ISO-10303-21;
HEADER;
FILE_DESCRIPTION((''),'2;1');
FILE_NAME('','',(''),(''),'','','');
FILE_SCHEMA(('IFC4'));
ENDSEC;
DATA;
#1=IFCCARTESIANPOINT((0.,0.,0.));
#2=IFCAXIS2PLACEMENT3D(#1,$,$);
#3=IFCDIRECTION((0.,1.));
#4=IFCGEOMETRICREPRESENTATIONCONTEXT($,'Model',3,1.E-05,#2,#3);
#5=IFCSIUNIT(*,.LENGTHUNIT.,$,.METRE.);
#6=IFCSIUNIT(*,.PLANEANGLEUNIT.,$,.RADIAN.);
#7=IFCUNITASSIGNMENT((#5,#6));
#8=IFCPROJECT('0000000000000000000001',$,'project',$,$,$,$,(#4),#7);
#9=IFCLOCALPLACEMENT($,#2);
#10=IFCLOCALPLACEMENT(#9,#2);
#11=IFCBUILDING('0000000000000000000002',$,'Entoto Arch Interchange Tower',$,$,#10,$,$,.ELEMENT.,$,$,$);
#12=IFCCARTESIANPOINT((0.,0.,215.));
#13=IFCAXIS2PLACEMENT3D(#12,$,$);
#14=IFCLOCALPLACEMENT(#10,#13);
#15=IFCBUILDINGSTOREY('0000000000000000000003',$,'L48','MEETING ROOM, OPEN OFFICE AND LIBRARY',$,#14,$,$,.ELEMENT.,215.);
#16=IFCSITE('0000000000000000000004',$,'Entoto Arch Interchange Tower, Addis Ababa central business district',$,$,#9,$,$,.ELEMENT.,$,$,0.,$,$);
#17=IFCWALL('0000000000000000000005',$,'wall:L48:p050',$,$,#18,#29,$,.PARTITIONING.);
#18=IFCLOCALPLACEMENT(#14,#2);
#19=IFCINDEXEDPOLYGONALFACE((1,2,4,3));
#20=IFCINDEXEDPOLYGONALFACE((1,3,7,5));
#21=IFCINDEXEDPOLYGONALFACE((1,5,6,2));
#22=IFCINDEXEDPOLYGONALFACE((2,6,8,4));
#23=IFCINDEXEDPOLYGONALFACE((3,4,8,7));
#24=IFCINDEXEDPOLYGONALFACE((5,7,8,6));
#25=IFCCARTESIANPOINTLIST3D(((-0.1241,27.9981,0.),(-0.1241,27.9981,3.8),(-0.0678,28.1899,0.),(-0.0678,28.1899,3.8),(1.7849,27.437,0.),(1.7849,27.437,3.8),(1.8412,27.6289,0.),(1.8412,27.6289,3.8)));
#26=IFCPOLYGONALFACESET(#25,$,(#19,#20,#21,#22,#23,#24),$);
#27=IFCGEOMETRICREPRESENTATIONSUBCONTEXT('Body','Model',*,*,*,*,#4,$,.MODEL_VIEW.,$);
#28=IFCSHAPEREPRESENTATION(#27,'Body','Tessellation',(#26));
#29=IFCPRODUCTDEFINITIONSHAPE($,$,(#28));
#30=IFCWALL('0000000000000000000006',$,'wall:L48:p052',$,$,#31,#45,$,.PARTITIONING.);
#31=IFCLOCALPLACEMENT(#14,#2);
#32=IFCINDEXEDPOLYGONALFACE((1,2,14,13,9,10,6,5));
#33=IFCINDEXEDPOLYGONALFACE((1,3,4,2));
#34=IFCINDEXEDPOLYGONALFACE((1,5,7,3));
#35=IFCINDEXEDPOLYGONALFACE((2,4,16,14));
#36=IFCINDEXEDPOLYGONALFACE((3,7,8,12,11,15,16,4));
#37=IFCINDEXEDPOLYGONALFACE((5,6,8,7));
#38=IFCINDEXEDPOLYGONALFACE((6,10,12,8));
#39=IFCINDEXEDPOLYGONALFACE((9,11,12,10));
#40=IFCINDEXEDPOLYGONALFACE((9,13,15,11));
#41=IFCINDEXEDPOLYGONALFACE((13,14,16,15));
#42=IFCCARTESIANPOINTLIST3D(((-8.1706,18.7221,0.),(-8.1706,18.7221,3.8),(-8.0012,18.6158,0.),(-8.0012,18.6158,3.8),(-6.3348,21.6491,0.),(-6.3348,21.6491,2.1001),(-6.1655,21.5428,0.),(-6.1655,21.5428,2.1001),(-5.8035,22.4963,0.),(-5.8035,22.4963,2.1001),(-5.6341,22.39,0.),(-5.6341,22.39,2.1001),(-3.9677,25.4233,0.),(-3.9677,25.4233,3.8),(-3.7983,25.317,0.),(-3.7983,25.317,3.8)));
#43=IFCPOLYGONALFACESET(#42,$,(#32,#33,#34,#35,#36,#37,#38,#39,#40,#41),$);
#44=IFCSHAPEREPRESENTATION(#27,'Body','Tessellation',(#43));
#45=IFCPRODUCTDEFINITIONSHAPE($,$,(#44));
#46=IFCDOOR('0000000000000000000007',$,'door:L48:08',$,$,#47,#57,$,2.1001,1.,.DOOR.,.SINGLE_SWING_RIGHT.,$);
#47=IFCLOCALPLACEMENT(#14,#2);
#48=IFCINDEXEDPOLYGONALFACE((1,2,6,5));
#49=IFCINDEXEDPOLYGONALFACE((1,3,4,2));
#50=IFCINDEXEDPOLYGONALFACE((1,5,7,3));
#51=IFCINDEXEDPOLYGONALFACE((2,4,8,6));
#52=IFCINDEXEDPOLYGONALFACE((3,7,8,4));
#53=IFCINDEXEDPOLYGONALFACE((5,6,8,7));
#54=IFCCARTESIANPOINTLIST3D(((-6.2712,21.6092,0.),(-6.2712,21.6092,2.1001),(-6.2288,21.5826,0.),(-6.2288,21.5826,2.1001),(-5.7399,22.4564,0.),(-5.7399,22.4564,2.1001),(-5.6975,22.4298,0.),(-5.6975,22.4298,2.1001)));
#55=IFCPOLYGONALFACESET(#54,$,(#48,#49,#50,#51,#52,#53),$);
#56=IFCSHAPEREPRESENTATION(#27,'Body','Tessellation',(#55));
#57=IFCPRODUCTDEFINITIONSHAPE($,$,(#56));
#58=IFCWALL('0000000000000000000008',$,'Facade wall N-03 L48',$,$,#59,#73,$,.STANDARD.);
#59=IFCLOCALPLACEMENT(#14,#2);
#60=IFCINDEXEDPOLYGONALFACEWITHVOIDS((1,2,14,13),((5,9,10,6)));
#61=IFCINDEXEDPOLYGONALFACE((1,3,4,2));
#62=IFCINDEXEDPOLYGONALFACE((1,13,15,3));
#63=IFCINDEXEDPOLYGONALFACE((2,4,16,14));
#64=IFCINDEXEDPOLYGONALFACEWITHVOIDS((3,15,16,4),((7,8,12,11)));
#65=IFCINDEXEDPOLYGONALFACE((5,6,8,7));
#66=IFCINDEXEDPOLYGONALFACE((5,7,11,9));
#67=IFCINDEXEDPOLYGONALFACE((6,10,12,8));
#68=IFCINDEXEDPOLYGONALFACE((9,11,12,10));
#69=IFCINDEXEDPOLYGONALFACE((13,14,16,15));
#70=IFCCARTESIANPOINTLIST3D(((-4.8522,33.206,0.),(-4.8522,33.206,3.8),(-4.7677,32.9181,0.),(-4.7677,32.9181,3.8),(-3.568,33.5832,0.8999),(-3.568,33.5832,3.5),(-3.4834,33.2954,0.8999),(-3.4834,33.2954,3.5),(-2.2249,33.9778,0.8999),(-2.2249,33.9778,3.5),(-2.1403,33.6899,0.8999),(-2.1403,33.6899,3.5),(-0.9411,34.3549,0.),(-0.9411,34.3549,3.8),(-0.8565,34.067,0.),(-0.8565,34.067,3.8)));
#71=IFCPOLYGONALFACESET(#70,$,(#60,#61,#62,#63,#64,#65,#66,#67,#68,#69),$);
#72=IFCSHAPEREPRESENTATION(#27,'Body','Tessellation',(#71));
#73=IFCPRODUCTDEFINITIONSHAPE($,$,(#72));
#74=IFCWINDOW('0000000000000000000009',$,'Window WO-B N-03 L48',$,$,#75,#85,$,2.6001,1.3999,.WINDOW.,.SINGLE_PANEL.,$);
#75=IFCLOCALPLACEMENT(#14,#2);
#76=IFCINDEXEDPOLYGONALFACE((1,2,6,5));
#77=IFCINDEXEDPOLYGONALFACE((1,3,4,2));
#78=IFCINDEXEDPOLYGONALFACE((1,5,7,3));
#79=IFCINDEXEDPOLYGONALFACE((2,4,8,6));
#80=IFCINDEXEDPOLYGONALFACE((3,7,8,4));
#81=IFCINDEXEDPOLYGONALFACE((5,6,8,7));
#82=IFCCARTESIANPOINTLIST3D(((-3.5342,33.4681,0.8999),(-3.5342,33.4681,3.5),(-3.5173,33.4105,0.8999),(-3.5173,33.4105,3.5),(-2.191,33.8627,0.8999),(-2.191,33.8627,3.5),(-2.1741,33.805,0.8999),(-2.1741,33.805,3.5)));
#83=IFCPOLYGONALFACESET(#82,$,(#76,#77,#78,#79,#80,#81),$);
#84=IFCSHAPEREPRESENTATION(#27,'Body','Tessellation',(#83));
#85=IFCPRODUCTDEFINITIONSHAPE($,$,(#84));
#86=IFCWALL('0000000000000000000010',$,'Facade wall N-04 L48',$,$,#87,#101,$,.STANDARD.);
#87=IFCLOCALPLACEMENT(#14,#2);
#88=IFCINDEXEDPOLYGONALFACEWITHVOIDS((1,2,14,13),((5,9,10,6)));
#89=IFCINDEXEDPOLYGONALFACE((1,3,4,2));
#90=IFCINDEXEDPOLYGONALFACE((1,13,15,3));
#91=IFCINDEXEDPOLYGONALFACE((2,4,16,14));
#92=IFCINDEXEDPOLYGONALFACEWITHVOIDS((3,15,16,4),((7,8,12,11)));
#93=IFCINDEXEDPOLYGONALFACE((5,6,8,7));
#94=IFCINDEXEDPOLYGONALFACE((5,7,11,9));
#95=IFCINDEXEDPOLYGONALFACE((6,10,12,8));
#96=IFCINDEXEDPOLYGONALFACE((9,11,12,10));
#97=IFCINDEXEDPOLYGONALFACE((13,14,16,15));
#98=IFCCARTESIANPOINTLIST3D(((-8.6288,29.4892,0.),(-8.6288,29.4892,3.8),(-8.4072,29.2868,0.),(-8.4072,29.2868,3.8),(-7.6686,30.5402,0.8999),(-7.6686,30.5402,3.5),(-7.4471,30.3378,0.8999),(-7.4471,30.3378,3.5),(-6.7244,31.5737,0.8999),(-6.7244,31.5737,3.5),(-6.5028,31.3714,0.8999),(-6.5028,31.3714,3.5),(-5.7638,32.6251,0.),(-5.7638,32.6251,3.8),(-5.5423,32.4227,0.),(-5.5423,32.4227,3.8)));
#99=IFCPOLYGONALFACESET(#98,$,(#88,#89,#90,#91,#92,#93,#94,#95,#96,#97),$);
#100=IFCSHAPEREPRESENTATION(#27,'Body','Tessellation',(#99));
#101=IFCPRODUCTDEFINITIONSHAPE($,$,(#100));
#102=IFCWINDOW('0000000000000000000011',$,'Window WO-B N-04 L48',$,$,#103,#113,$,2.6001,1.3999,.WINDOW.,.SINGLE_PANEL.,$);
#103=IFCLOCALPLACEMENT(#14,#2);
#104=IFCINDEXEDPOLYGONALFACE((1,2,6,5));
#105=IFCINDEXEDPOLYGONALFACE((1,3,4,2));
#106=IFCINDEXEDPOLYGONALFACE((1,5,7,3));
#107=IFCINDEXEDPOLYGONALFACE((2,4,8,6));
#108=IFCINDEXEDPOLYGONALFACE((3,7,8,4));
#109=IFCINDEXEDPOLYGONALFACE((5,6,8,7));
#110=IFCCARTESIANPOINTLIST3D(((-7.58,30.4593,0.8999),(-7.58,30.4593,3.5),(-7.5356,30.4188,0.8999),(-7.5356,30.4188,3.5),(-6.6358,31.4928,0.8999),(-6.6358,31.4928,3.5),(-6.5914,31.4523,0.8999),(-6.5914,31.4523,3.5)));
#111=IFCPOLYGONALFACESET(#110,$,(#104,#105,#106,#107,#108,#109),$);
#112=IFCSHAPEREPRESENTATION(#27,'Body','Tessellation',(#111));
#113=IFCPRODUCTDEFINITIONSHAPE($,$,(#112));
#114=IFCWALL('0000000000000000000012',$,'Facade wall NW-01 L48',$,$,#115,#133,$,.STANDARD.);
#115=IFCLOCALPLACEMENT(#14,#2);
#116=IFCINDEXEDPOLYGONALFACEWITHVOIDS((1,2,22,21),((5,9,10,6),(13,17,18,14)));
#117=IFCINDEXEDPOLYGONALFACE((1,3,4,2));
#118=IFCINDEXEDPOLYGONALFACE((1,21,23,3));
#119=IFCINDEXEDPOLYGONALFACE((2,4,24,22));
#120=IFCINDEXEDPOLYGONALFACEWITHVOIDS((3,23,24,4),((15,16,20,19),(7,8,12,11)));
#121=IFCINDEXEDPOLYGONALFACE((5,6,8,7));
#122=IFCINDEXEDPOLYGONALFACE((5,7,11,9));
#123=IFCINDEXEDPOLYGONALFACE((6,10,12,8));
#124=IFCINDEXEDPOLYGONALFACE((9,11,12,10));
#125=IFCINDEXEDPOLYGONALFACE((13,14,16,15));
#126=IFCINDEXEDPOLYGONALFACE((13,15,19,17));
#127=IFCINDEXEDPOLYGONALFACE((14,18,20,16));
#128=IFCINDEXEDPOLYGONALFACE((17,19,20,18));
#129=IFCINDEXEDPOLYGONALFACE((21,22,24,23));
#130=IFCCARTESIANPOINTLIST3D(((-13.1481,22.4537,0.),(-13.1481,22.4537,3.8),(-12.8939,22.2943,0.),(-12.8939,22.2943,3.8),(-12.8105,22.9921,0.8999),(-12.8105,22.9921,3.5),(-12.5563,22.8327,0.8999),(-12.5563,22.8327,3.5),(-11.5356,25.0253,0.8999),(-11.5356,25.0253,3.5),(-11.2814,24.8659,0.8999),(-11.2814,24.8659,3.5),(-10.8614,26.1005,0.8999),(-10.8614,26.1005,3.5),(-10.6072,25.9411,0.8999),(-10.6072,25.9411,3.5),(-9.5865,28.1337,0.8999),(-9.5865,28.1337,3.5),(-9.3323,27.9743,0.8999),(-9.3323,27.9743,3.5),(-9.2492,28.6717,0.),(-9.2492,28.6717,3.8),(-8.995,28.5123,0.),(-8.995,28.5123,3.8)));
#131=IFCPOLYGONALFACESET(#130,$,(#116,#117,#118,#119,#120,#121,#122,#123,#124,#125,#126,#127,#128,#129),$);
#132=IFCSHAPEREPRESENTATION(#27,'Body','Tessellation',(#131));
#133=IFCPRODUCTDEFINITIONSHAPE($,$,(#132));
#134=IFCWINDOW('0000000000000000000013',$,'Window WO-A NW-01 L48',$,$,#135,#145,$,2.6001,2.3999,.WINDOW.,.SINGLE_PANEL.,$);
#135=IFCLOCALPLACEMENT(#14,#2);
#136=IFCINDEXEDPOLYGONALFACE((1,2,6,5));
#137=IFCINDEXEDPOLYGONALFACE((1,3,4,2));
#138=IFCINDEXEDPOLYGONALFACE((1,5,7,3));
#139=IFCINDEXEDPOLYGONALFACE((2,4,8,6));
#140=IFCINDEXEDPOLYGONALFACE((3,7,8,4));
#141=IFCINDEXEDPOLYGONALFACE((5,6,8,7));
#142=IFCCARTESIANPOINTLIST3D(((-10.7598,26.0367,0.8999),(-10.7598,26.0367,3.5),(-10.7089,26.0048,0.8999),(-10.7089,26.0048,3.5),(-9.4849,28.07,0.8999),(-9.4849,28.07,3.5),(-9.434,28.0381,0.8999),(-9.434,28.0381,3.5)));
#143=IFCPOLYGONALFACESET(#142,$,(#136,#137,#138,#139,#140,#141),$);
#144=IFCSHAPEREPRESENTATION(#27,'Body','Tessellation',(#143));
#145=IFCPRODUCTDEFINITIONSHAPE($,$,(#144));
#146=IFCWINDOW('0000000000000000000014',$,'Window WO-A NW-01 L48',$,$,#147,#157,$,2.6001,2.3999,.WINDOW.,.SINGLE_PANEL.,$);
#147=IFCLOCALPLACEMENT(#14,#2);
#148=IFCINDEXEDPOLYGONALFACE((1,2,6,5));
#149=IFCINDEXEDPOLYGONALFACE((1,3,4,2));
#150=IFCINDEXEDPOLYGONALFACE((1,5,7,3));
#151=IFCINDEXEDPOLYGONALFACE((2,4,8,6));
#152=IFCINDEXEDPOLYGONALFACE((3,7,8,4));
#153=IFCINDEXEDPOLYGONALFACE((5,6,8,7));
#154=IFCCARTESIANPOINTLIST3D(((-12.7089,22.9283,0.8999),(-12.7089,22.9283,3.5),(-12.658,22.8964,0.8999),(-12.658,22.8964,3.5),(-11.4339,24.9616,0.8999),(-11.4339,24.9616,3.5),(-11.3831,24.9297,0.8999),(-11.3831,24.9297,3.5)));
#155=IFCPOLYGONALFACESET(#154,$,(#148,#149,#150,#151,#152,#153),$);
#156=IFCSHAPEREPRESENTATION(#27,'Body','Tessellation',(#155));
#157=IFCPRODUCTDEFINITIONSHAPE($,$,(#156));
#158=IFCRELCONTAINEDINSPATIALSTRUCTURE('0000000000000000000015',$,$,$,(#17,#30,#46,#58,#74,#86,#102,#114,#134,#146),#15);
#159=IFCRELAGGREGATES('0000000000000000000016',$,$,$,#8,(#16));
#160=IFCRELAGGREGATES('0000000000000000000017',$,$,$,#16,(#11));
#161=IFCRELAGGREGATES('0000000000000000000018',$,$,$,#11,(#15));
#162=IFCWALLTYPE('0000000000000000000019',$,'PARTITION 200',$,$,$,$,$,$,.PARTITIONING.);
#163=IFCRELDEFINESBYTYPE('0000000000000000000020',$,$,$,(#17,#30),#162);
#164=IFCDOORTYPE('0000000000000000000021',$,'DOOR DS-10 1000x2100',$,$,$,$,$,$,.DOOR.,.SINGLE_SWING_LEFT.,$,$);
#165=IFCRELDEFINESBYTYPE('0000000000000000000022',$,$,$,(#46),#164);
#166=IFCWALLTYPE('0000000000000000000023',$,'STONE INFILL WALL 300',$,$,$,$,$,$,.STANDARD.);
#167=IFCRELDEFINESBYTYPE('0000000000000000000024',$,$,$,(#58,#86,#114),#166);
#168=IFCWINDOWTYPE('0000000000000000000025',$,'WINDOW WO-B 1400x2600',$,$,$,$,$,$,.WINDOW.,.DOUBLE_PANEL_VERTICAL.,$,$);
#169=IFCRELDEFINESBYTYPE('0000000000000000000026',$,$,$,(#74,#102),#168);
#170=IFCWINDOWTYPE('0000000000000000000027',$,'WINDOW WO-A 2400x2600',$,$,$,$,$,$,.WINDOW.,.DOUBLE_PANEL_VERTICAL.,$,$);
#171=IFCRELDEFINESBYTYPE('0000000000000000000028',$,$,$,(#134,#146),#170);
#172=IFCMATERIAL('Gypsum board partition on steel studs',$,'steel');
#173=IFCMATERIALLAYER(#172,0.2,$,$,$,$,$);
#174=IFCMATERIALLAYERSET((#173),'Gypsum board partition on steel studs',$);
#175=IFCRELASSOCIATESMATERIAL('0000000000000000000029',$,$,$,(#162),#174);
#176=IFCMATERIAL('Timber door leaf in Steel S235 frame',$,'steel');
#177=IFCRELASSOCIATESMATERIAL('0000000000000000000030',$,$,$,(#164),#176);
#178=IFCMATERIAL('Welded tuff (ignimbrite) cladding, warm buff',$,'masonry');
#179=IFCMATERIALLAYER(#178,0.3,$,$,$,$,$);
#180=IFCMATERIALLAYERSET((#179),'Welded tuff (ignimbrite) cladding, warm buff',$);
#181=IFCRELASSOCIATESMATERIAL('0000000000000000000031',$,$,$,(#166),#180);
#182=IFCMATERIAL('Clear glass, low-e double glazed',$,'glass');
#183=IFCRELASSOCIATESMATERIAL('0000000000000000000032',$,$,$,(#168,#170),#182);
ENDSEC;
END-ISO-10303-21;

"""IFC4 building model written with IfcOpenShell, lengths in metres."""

from ifc_helpers import new_model, si_unit, direction, frame, frame_2d, origin, place, context, subcontext, project, spatial, rectangle, extrude, material, layer, layer_set, type_object, element, fill, save


model = new_model("IFC4")

# Units and contexts
model_context = context("Model", 3, precision=1e-05, world=origin(), true_north=direction((0.0, 1.0)))
body_context = subcontext(model_context, "Body", "Model", "MODEL_VIEW")
ifc_project = project(units=[si_unit("LENGTHUNIT", "METRE"), si_unit("PLANEANGLEUNIT", "RADIAN")], contexts=[model_context])

# Site, building, storey
site_placement = place(None, origin())
site = spatial("IfcSite", under=ifc_project, at=site_placement, Name="Entoto Arch Interchange Tower, Addis Ababa central business district", CompositionType="ELEMENT", RefElevation=0.0)
building_placement = place(site_placement, origin())
building = spatial("IfcBuilding", under=site, at=building_placement, Name="Entoto Arch Interchange Tower", CompositionType="ELEMENT")
storey_placement = place(building_placement, frame((0.0, 0.0, 215.0)))
storey = spatial("IfcBuildingStorey", under=building, at=storey_placement, Name="L48", Description="MEETING ROOM, OPEN OFFICE AND LIBRARY", CompositionType="ELEMENT", Elevation=215.0)

# Shared definitions
ifc_material_1 = material(Name="Gypsum board partition on steel studs", Category="steel")
ifc_layer_1 = layer(ifc_material_1, 0.2)
ifc_layer_set_1 = layer_set([ifc_layer_1], Name="Gypsum board partition on steel studs")
wall_type_1 = type_object("IfcWallType", Name="PARTITION 200", PredefinedType="PARTITIONING", material=ifc_layer_set_1)

# Shared definitions
ifc_material_2 = material(Name="Timber door leaf in Steel S235 frame", Category="steel")
door_type = type_object("IfcDoorType", Name="DOOR DS-10 1000x2100", OperationType="SINGLE_SWING_LEFT", PredefinedType="DOOR", material=ifc_material_2)

# Wall
wall_1_placement = place(storey_placement, frame((-0.0959, 28.094, 0.0), z_axis=(0.0, 0.0, 1.0), x_axis=(0.959422, -0.281974, 0.0)))
element("IfcWall", 1, at=wall_1_placement, inside=storey, type_object=wall_type_1, Name="wall:L48:p050", PredefinedType="PARTITIONING", context=body_context, shape_type="SweptSolid", body=[
    extrude(rectangle(XDim=1.9897, YDim=0.2, at=frame_2d((0.9949, 0.0))), origin(), (0.0, 0.0, 1.0), 3.8),
])

# Wall, opening, door
wall_2_placement = place(storey_placement, frame((-8.0859, 18.6689, 0.0), z_axis=(0.0, 0.0, 1.0), x_axis=(0.53133, 0.847165, 0.0)))
wall_2 = element("IfcWall", 2, at=wall_2_placement, inside=storey, type_object=wall_type_1, Name="wall:L48:p052", PredefinedType="PARTITIONING", context=body_context, shape_type="SweptSolid", body=[
    extrude(rectangle(XDim=7.9102, YDim=0.2, at=frame_2d((3.9551, 0.0))), origin(), (0.0, 0.0, 1.0), 3.8),
])
opening_1_placement = place(wall_2_placement, frame((3.4551, 0.0, 0.0)))
opening_1 = element("IfcOpeningElement", 3, at=opening_1_placement, cuts=wall_2, PredefinedType="OPENING", context=body_context, shape_type="SweptSolid", body=[
    extrude(rectangle(XDim=1.0, YDim=2.1001, at=frame_2d((0.5, 1.05))), frame((0.0, 0.1099, 0.0), z_axis=(0.0, -1.0, 0.0), x_axis=(1.0, 0.0, 0.0)), (0.0, 0.0, 1.0), 0.22),
])
door_1_placement = place(opening_1_placement, origin())
door_1 = element("IfcDoor", 4, at=door_1_placement, inside=storey, type_object=door_type, Name="door:L48:08", OperationType="SINGLE_SWING_RIGHT", OverallHeight=2.1001, OverallWidth=1.0, PredefinedType="DOOR", context=body_context, shape_type="SweptSolid", body=[
    extrude(rectangle(XDim=1.0, YDim=2.1001, at=frame_2d((0.5, 1.05))), frame((0.0, 0.0249, 0.0), z_axis=(0.0, -1.0, 0.0), x_axis=(1.0, 0.0, 0.0)), (0.0, 0.0, 1.0), 0.05),
])
fill(opening_1, door_1)

# Walls, openings, windows
ifc_material_3 = material(Name="Welded tuff (ignimbrite) cladding, warm buff", Category="masonry")
ifc_layer_2 = layer(ifc_material_3, 0.3)
ifc_layer_set_2 = layer_set([ifc_layer_2], Name="Welded tuff (ignimbrite) cladding, warm buff")
wall_type_2 = type_object("IfcWallType", Name="STONE INFILL WALL 300", PredefinedType="STANDARD", material=ifc_layer_set_2)
wall_3_placement = place(storey_placement, frame((-0.8989, 34.2109, 0.0), z_axis=(0.0, 0.0, 1.0), x_axis=(-0.959459, -0.281849, 0.0)))
wall_3 = element("IfcWall", 5, at=wall_3_placement, inside=storey, type_object=wall_type_2, Name="Facade wall N-03 L48", PredefinedType="STANDARD", context=body_context, shape_type="SweptSolid", body=[
    extrude(rectangle(XDim=4.0764, YDim=0.3, at=frame_2d((2.0381, 0.0))), origin(), (0.0, 0.0, 1.0), 3.8),
])
opening_2_placement = place(wall_3_placement, frame((1.3379, 0.0, 0.8999)))
opening_2 = element("IfcOpeningElement", 6, at=opening_2_placement, cuts=wall_3, PredefinedType="OPENING", context=body_context, shape_type="SweptSolid", body=[
    extrude(rectangle(XDim=1.3999, YDim=2.6001, at=frame_2d((0.7, 1.3))), frame((0.0, 0.1602, 0.0), z_axis=(0.0, -1.0, 0.0), x_axis=(1.0, 0.0, 0.0)), (0.0, 0.0, 1.0), 0.3201),
])
ifc_material_4 = material(Name="Clear glass, low-e double glazed", Category="glass")
window_type_1 = type_object("IfcWindowType", Name="WINDOW WO-B 1400x2600", PartitioningType="DOUBLE_PANEL_VERTICAL", PredefinedType="WINDOW", material=ifc_material_4)
window_1_placement = place(opening_2_placement, origin())
window_1 = element("IfcWindow", 7, at=window_1_placement, inside=storey, type_object=window_type_1, Name="Window WO-B N-03 L48", OverallHeight=2.6001, OverallWidth=1.3999, PartitioningType="SINGLE_PANEL", PredefinedType="WINDOW", context=body_context, shape_type="SweptSolid", body=[
    extrude(rectangle(XDim=1.3999, YDim=2.6001, at=frame_2d((0.7, 1.3))), frame((0.0, 0.03, 0.0), z_axis=(0.0, -1.0, 0.0), x_axis=(1.0, 0.0, 0.0)), (0.0, 0.0, 1.0), 0.0601),
])
fill(opening_2, window_1)
wall_4_placement = place(storey_placement, frame((-5.6531, 32.5239, 0.0), z_axis=(0.0, 0.0, 1.0), x_axis=(-0.674487, -0.738286, 0.0)))
wall_4 = element("IfcWall", 8, at=wall_4_placement, inside=storey, type_object=wall_type_2, Name="Facade wall N-04 L48", PredefinedType="STANDARD", context=body_context, shape_type="SweptSolid", body=[
    extrude(rectangle(XDim=4.2476, YDim=0.3, at=frame_2d((2.1238, 0.0))), origin(), (0.0, 0.0, 1.0), 3.8),
])
opening_3_placement = place(wall_4_placement, frame((1.4241, 0.0, 0.8999)))
opening_3 = element("IfcOpeningElement", 9, at=opening_3_placement, cuts=wall_4, PredefinedType="OPENING", context=body_context, shape_type="SweptSolid", body=[
    extrude(rectangle(XDim=1.3999, YDim=2.6001, at=frame_2d((0.7, 1.3))), frame((0.0, 0.1602, 0.0), z_axis=(0.0, -1.0, 0.0), x_axis=(1.0, 0.0, 0.0)), (0.0, 0.0, 1.0), 0.3201),
])
window_2_placement = place(opening_3_placement, origin())
window_2 = element("IfcWindow", 10, at=window_2_placement, inside=storey, type_object=window_type_1, Name="Window WO-B N-04 L48", OverallHeight=2.6001, OverallWidth=1.3999, PartitioningType="SINGLE_PANEL", PredefinedType="WINDOW", context=body_context, shape_type="SweptSolid", body=[
    extrude(rectangle(XDim=1.3999, YDim=2.6001, at=frame_2d((0.7, 1.3))), frame((0.0, 0.03, 0.0), z_axis=(0.0, -1.0, 0.0), x_axis=(1.0, 0.0, 0.0)), (0.0, 0.0, 1.0), 0.0601),
])
fill(opening_3, window_2)

# Wall, openings, windows
wall_5_placement = place(storey_placement, frame((-9.1221, 28.592, 0.0), z_axis=(0.0, 0.0, 1.0), x_axis=(-0.531239, -0.847222, 0.0)))
wall_5 = element("IfcWall", 11, at=wall_5_placement, inside=storey, type_object=wall_type_2, Name="Facade wall NW-01 L48", PredefinedType="STANDARD", context=body_context, shape_type="SweptSolid", body=[
    extrude(rectangle(XDim=7.3394, YDim=0.3, at=frame_2d((3.6697, 0.0))), origin(), (0.0, 0.0, 1.0), 3.8),
])
opening_4_placement = place(wall_5_placement, frame((0.635, 0.0, 0.8999)))
opening_4 = element("IfcOpeningElement", 12, at=opening_4_placement, cuts=wall_5, PredefinedType="OPENING", context=body_context, shape_type="SweptSolid", body=[
    extrude(rectangle(XDim=2.3999, YDim=2.6001, at=frame_2d((1.2, 1.3))), frame((0.0, 0.1602, 0.0), z_axis=(0.0, -1.0, 0.0), x_axis=(1.0, 0.0, 0.0)), (0.0, 0.0, 1.0), 0.3201),
])
opening_5_placement = place(wall_5_placement, frame((4.304, 0.0, 0.8999)))
opening_5 = element("IfcOpeningElement", 13, at=opening_5_placement, cuts=wall_5, PredefinedType="OPENING", context=body_context, shape_type="SweptSolid", body=[
    extrude(rectangle(XDim=2.3999, YDim=2.6001, at=frame_2d((1.2, 1.3))), frame((0.0, 0.1602, 0.0), z_axis=(0.0, -1.0, 0.0), x_axis=(1.0, 0.0, 0.0)), (0.0, 0.0, 1.0), 0.3201),
])
window_type_2 = type_object("IfcWindowType", Name="WINDOW WO-A 2400x2600", PartitioningType="DOUBLE_PANEL_VERTICAL", PredefinedType="WINDOW", material=ifc_material_4)
window_3_placement = place(opening_4_placement, origin())
window_3 = element("IfcWindow", 14, at=window_3_placement, inside=storey, type_object=window_type_2, Name="Window WO-A NW-01 L48", OverallHeight=2.6001, OverallWidth=2.3999, PartitioningType="SINGLE_PANEL", PredefinedType="WINDOW", context=body_context, shape_type="SweptSolid", body=[
    extrude(rectangle(XDim=2.3999, YDim=2.6001, at=frame_2d((1.2, 1.3))), frame((0.0, 0.03, 0.0), z_axis=(0.0, -1.0, 0.0), x_axis=(1.0, 0.0, 0.0)), (0.0, 0.0, 1.0), 0.0601),
])
fill(opening_4, window_3)
window_4_placement = place(opening_5_placement, origin())
window_4 = element("IfcWindow", 15, at=window_4_placement, inside=storey, type_object=window_type_2, Name="Window WO-A NW-01 L48", OverallHeight=2.6001, OverallWidth=2.3999, PartitioningType="SINGLE_PANEL", PredefinedType="WINDOW", context=body_context, shape_type="SweptSolid", body=[
    extrude(rectangle(XDim=2.3999, YDim=2.6001, at=frame_2d((1.2, 1.3))), frame((0.0, 0.03, 0.0), z_axis=(0.0, -1.0, 0.0), x_axis=(1.0, 0.0, 0.0)), (0.0, 0.0, 1.0), 0.0601),
])
fill(opening_5, window_4)

save(model, "model.ifc")
